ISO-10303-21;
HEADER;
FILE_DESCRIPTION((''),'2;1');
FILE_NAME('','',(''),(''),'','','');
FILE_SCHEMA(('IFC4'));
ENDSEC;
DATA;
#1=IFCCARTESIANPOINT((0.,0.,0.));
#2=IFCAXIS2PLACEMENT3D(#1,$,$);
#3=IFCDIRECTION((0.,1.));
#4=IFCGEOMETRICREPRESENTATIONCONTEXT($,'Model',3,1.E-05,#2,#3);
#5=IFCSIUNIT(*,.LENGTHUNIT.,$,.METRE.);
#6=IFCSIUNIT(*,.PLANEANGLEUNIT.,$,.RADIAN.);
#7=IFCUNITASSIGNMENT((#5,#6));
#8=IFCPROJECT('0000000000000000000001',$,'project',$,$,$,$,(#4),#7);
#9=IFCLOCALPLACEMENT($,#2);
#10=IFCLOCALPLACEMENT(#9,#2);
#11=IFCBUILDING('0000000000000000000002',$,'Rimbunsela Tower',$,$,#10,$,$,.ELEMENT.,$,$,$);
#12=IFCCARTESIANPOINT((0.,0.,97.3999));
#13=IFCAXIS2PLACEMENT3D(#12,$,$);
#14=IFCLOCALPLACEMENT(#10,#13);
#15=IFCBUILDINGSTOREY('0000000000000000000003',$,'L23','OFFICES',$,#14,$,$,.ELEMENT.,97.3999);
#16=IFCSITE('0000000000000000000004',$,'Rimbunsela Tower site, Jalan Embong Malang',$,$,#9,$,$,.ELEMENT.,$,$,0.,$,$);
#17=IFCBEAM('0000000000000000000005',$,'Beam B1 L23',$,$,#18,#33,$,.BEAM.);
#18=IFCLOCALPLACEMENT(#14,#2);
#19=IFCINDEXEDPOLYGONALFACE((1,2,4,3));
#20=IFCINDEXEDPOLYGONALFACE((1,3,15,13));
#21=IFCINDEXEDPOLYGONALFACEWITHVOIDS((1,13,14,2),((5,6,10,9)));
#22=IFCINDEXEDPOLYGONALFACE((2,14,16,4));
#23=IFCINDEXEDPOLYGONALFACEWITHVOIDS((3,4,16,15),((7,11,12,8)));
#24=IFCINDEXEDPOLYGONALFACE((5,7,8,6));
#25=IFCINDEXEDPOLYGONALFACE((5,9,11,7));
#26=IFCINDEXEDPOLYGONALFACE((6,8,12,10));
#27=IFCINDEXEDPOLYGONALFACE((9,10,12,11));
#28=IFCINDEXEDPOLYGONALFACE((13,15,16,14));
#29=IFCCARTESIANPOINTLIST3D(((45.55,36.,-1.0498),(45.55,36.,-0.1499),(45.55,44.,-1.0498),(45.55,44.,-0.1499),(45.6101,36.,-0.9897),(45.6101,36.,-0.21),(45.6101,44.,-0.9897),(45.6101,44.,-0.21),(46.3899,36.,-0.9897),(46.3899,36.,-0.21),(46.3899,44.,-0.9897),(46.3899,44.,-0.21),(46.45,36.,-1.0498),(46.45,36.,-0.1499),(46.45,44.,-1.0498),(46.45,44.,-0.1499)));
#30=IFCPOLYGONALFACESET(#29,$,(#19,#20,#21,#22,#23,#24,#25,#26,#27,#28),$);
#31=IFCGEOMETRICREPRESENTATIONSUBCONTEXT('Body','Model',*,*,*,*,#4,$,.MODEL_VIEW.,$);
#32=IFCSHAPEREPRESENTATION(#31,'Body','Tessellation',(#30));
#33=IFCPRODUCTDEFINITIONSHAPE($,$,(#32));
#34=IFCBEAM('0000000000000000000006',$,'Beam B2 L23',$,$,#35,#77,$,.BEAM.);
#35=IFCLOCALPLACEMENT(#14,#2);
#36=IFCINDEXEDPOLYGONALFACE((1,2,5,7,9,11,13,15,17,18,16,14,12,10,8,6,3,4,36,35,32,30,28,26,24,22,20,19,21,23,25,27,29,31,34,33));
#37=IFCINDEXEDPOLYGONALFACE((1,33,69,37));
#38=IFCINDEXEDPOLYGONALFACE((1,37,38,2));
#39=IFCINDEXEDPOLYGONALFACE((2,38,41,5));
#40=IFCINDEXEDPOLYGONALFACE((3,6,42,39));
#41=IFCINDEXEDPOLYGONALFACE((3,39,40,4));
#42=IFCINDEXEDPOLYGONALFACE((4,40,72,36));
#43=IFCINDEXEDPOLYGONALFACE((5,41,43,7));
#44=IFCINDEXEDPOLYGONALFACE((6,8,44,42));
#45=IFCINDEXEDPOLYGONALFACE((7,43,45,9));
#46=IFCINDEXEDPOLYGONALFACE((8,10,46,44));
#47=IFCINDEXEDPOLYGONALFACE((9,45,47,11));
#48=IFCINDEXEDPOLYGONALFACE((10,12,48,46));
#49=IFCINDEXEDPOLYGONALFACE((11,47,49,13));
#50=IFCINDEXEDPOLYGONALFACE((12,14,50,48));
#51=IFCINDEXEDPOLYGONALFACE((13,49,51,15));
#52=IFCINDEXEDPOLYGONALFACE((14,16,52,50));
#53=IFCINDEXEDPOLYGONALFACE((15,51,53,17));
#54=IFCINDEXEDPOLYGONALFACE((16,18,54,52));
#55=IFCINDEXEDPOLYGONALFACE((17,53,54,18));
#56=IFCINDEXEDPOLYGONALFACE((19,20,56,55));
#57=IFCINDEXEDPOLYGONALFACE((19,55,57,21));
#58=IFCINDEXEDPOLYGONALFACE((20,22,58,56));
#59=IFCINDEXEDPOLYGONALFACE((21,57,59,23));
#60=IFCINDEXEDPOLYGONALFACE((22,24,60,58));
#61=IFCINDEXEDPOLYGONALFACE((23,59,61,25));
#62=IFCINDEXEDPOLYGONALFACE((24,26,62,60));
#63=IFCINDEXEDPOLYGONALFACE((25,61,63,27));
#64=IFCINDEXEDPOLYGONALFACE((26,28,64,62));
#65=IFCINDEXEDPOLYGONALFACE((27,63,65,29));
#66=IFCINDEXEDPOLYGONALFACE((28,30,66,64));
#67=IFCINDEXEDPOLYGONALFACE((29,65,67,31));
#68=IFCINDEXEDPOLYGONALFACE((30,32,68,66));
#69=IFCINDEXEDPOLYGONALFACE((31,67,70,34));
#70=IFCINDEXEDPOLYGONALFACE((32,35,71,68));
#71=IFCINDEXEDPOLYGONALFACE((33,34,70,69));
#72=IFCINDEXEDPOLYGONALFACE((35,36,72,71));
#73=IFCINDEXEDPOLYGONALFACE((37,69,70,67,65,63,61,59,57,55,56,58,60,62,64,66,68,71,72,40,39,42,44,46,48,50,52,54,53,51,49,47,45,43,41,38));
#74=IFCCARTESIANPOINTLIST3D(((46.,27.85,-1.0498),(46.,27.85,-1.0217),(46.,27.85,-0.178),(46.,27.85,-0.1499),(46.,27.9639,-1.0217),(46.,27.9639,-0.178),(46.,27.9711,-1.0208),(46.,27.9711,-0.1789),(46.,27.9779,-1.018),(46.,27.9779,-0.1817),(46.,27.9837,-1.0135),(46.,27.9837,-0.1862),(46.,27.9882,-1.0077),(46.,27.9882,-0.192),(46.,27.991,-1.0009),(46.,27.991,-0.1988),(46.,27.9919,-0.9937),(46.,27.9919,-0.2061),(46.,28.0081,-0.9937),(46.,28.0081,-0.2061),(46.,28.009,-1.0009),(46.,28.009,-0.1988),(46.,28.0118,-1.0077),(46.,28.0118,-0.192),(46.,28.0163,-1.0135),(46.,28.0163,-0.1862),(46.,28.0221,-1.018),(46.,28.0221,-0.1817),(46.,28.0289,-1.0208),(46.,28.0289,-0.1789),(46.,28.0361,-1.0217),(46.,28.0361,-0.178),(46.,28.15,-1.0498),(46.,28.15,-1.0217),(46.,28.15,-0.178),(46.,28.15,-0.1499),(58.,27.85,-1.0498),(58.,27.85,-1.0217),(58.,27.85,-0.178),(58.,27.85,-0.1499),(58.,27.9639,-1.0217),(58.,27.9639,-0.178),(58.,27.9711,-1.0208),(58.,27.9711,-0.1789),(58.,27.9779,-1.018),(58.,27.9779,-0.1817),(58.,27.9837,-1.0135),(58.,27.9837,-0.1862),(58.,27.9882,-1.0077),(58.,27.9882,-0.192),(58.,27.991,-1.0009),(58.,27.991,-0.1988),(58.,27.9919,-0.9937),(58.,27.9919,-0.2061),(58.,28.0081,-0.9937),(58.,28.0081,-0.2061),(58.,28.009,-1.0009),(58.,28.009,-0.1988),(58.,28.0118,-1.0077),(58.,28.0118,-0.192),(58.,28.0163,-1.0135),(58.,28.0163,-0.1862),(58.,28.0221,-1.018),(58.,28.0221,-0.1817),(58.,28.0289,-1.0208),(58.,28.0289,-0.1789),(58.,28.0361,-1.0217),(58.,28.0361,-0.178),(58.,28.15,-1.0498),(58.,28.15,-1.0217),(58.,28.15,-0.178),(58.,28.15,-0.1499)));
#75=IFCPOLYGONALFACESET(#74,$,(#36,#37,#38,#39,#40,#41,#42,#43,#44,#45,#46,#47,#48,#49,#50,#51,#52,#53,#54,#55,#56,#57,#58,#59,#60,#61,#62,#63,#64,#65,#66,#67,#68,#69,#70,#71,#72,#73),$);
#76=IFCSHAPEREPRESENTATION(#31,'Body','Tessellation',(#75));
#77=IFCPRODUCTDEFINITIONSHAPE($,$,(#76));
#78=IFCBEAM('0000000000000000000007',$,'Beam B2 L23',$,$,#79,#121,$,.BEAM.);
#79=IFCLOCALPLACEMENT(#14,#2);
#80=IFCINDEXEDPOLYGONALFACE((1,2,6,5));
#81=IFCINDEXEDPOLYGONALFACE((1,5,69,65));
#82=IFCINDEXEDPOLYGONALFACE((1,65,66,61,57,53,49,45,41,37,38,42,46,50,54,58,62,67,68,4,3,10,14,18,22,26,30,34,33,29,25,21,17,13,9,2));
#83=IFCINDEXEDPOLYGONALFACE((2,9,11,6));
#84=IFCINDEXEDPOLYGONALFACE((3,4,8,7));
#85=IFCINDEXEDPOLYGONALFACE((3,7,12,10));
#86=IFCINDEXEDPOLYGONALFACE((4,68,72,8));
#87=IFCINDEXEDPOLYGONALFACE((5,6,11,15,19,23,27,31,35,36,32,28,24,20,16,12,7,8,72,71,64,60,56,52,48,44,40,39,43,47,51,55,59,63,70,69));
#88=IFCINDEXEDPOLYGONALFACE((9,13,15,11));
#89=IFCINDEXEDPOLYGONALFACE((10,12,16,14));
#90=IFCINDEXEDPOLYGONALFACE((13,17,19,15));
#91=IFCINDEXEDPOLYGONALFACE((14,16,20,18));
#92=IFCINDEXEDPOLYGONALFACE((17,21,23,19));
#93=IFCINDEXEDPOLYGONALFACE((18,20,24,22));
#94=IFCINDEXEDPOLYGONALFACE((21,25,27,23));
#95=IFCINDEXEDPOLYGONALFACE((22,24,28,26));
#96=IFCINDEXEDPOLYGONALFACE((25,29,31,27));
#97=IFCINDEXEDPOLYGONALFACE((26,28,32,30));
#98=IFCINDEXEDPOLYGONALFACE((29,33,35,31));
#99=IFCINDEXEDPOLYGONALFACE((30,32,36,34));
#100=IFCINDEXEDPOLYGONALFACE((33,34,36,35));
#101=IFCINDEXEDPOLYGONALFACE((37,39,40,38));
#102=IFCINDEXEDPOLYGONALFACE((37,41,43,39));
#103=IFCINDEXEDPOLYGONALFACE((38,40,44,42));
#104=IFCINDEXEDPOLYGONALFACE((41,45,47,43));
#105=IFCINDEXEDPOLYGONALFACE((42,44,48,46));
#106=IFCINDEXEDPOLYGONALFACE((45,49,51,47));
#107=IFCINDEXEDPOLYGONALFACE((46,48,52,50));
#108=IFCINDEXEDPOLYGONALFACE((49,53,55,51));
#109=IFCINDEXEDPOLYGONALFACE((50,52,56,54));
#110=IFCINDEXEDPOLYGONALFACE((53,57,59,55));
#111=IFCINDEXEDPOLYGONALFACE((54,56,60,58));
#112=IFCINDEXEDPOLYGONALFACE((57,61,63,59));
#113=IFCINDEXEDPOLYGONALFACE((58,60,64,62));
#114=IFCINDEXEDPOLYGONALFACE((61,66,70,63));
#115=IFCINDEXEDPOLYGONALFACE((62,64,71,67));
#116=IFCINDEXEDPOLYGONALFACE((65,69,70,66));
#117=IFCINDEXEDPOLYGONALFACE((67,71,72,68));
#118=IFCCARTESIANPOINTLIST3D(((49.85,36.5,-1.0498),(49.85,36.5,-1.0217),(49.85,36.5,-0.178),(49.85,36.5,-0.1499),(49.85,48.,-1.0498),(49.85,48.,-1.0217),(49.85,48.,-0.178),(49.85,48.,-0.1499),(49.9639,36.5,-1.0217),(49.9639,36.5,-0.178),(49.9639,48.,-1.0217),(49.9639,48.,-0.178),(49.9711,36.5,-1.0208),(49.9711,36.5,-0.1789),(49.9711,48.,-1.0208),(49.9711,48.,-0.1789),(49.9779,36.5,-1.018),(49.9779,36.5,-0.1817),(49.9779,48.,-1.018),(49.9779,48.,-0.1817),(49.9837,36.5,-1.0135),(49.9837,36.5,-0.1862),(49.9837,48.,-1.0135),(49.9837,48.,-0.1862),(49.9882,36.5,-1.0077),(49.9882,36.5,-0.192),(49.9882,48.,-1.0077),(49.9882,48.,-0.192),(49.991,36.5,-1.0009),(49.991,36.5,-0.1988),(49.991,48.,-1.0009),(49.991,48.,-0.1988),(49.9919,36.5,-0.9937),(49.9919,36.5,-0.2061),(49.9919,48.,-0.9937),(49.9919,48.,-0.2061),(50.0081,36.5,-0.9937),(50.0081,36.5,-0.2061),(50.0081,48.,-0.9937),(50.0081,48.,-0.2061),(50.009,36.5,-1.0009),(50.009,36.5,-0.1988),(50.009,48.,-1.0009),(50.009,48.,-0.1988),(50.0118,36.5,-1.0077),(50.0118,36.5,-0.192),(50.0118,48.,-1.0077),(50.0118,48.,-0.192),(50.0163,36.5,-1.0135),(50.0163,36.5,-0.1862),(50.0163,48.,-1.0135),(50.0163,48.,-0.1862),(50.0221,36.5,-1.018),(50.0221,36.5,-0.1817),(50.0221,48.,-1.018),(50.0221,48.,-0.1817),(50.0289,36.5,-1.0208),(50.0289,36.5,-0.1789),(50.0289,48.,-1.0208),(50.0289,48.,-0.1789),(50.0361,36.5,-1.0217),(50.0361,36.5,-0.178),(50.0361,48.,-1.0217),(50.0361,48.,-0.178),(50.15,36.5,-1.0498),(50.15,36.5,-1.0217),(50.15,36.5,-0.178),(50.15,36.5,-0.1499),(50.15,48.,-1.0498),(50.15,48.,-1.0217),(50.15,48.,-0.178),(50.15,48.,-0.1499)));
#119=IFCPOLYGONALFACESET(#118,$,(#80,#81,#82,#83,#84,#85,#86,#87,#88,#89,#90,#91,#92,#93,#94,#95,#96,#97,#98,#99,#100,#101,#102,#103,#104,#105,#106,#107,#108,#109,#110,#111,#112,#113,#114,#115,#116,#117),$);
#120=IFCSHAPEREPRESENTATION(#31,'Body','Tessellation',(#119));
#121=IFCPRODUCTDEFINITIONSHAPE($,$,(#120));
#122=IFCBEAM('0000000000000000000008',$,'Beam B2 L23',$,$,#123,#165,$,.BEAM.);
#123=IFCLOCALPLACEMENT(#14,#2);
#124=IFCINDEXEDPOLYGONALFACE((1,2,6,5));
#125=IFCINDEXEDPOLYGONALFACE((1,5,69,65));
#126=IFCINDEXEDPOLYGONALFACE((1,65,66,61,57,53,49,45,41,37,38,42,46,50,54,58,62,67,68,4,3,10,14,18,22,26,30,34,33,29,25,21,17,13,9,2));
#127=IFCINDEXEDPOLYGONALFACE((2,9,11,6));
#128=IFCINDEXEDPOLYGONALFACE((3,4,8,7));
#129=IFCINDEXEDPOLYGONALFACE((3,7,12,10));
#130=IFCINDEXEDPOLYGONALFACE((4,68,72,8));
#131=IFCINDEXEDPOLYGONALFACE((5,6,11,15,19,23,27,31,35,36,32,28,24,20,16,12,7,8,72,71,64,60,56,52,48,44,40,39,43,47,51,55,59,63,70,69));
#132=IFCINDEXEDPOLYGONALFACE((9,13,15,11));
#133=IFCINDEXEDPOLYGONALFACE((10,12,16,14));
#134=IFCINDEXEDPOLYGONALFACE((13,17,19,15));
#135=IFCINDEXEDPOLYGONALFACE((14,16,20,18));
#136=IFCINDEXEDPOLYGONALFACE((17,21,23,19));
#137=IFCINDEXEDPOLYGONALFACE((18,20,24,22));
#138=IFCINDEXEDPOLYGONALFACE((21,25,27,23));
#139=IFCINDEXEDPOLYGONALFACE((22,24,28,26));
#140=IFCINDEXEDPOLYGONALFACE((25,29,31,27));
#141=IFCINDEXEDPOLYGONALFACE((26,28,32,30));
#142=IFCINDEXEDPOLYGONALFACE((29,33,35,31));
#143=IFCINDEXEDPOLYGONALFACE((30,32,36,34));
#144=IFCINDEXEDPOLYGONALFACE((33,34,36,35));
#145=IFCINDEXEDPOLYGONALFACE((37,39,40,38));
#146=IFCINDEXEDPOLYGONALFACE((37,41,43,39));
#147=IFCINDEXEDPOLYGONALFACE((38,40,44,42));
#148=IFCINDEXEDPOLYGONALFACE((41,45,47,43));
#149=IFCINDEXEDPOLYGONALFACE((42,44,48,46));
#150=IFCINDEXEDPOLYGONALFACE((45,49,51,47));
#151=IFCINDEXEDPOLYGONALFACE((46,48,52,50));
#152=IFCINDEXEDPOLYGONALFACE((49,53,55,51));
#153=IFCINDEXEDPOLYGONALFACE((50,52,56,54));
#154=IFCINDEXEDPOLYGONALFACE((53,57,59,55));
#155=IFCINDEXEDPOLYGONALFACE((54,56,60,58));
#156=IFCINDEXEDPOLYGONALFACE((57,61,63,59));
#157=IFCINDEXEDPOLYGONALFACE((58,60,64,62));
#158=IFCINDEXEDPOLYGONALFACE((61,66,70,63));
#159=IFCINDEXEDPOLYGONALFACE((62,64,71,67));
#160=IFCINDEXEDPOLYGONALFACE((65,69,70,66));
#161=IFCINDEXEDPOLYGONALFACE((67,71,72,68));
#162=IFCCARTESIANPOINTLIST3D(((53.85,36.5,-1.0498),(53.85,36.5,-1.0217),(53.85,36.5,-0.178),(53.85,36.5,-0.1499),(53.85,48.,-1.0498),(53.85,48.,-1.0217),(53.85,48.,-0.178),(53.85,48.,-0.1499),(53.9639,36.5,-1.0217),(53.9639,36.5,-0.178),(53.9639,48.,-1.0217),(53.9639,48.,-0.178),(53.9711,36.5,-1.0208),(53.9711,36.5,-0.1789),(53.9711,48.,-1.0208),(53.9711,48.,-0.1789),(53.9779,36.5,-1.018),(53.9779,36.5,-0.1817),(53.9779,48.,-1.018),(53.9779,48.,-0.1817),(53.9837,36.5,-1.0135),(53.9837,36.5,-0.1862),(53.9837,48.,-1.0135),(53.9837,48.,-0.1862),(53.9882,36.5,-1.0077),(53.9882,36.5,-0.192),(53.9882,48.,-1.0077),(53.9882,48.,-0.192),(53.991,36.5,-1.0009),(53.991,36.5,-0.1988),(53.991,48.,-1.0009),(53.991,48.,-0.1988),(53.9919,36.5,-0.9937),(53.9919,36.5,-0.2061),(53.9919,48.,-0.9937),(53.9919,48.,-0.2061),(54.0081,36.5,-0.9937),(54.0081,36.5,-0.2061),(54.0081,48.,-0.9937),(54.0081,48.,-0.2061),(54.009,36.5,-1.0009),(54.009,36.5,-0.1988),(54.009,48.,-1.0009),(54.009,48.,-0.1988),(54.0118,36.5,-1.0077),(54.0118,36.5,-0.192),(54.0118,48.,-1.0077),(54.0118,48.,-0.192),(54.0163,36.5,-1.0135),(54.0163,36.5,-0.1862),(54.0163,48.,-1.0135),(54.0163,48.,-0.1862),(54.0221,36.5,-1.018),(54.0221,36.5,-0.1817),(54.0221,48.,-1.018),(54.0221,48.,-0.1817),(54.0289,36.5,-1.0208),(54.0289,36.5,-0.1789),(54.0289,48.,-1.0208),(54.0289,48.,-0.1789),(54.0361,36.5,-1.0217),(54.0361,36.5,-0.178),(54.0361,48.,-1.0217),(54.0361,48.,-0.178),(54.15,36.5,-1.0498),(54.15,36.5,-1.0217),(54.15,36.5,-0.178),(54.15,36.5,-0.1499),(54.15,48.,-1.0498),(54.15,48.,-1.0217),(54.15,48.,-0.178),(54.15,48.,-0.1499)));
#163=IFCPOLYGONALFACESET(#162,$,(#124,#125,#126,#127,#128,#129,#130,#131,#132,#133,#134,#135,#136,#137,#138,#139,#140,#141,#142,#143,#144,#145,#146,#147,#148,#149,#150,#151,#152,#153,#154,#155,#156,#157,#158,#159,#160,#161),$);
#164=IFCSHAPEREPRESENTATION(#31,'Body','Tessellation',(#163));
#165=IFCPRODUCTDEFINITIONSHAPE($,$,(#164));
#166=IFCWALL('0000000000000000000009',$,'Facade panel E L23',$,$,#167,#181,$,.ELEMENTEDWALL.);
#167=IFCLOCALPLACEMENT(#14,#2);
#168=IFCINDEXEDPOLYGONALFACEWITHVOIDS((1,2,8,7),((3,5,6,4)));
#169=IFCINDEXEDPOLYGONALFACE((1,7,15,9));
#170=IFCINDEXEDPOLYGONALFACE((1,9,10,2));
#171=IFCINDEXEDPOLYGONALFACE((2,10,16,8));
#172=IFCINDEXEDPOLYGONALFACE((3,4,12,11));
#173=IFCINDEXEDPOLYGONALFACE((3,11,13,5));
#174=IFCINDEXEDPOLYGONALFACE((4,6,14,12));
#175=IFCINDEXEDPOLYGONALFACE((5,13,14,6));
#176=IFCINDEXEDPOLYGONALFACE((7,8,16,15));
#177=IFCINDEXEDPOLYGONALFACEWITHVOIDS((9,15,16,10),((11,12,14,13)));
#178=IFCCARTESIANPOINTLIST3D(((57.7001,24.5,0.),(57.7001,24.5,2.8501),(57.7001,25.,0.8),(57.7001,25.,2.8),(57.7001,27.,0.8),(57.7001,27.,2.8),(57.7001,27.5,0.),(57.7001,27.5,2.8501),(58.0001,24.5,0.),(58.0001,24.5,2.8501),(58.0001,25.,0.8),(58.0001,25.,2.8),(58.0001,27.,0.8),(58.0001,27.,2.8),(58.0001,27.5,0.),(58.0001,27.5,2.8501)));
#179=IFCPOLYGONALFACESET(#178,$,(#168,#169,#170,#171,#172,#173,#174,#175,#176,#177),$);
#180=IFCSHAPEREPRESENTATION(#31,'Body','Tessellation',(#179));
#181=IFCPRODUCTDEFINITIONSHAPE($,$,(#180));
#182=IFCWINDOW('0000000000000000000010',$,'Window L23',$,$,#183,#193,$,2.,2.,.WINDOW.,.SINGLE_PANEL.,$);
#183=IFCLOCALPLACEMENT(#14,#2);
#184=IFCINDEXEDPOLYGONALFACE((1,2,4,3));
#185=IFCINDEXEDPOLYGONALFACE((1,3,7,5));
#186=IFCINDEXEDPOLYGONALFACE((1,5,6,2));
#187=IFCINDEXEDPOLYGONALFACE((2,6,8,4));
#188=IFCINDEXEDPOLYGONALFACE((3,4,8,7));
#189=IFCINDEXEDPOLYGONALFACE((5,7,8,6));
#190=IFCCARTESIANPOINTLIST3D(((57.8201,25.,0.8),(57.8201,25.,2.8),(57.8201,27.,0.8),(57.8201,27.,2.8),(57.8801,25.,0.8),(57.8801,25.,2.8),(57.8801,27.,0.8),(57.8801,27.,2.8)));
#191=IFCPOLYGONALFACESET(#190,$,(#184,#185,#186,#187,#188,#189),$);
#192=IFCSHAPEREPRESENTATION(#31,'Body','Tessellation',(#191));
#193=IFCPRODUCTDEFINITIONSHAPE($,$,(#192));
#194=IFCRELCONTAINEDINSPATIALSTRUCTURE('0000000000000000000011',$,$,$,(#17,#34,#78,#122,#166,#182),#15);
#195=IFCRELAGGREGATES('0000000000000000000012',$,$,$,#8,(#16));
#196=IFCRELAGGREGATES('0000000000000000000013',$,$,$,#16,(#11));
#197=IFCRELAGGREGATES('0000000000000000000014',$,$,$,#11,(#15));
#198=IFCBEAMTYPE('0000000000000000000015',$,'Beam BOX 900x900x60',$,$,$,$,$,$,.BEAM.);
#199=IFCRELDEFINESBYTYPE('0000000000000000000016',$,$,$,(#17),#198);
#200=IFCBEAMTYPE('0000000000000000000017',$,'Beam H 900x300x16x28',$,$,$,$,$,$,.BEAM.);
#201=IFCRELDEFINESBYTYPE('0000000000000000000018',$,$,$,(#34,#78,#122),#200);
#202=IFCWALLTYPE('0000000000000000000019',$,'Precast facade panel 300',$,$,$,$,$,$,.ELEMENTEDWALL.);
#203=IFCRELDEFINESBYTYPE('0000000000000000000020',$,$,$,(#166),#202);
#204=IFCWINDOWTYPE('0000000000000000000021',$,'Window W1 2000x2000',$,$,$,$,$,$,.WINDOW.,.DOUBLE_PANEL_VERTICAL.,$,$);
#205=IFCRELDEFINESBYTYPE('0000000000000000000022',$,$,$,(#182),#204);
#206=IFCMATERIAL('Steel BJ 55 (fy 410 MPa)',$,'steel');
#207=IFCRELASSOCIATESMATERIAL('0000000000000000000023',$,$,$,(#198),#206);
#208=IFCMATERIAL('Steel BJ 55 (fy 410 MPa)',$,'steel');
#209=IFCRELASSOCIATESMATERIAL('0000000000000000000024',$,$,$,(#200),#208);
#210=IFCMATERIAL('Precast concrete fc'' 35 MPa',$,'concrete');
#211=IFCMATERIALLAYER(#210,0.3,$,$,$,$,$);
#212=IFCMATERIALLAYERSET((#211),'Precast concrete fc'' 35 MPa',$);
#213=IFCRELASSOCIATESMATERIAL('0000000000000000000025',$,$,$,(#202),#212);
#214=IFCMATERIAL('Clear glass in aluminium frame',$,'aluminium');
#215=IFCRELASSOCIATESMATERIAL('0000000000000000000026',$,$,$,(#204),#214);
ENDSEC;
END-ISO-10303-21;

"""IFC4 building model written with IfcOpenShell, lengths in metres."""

from ifc_helpers import new_model, si_unit, direction, frame, frame_2d, origin, origin_2d, place, context, subcontext, project, spatial, rectangle, hollow_rectangle, i_section, extrude, material, layer, layer_set, material_profile, profile_set, type_object, element, fill, save


model = new_model("IFC4")

# Units and contexts
model_context = context("Model", 3, precision=1e-05, world=origin(), true_north=direction((0.0, 1.0)))
body_context = subcontext(model_context, "Body", "Model", "MODEL_VIEW")
ifc_project = project(units=[si_unit("LENGTHUNIT", "METRE"), si_unit("PLANEANGLEUNIT", "RADIAN")], contexts=[model_context])

# Site, building, storey
site_placement = place(None, origin())
site = spatial("IfcSite", under=ifc_project, at=site_placement, Name="Rimbunsela Tower site, Jalan Embong Malang", CompositionType="ELEMENT", RefElevation=0.0)
building_placement = place(site_placement, origin())
building = spatial("IfcBuilding", under=site, at=building_placement, Name="Rimbunsela Tower", CompositionType="ELEMENT")
storey_placement = place(building_placement, frame((0.0, 0.0, 97.3999)))
storey = spatial("IfcBuildingStorey", under=building, at=storey_placement, Name="L23", Description="OFFICES", CompositionType="ELEMENT", Elevation=97.3999)

# Beams
ifc_material_1 = material(Name="Steel BJ 55 (fy 410 MPa)", Category="steel")
ifc_material_profile_1 = material_profile(ifc_material_1, hollow_rectangle(XDim=0.8999, YDim=0.8999, WallThickness=0.0601, at=origin_2d()), Name="BOX 900x900x60")
ifc_profile_set_1 = profile_set([ifc_material_profile_1], Name="Steel BJ 55 (fy 410 MPa)")
beam_type_1 = type_object("IfcBeamType", Name="Beam BOX 900x900x60", PredefinedType="BEAM", material=ifc_profile_set_1)
beam_1_placement = place(storey_placement, frame((46.0, 36.0, -0.5999), z_axis=(0.0, 1.0, 0.0), x_axis=(-1.0, 0.0, 0.0)))
element("IfcBeam", 1, at=beam_1_placement, inside=storey, type_object=beam_type_1, Name="Beam B1 L23", PredefinedType="BEAM", context=body_context, shape_type="SweptSolid", body=[
    extrude(hollow_rectangle(XDim=0.8999, YDim=0.8999, WallThickness=0.0601, at=origin_2d()), origin(), (0.0, 0.0, 1.0), 8.0),
])
ifc_material_2 = material(Name="Steel BJ 55 (fy 410 MPa)", Category="steel")
ifc_material_profile_2 = material_profile(ifc_material_2, i_section(OverallWidth=0.3, OverallDepth=0.8999, WebThickness=0.0161, FlangeThickness=0.0281, FilletRadius=0.0281, at=origin_2d()), Name="H 900x300x16x28")
ifc_profile_set_2 = profile_set([ifc_material_profile_2], Name="Steel BJ 55 (fy 410 MPa)")
beam_type_2 = type_object("IfcBeamType", Name="Beam H 900x300x16x28", PredefinedType="BEAM", material=ifc_profile_set_2)
beam_2_placement = place(storey_placement, frame((46.0, 28.0, -0.5999), z_axis=(1.0, 0.0, 0.0), x_axis=(0.0, 1.0, 0.0)))
element("IfcBeam", 2, at=beam_2_placement, inside=storey, type_object=beam_type_2, Name="Beam B2 L23", PredefinedType="BEAM", context=body_context, shape_type="SweptSolid", body=[
    extrude(i_section(OverallWidth=0.3, OverallDepth=0.8999, WebThickness=0.0161, FlangeThickness=0.0281, FilletRadius=0.0281, at=origin_2d()), origin(), (0.0, 0.0, 1.0), 12.0),
])
for number, where, z_axis, x_axis, name in (
    (3, (50.0, 36.5, -0.5999), (0.0, 1.0, 0.0), (-1.0, 0.0, 0.0), "Beam B2 L23"),
    (4, (54.0, 36.5, -0.5999), (0.0, 1.0, 0.0), (-1.0, 0.0, 0.0), "Beam B2 L23"),
):
    element("IfcBeam", number, at=place(storey_placement, frame(where, z_axis=z_axis, x_axis=x_axis)), inside=storey, type_object=beam_type_2, Name=name, PredefinedType="BEAM", context=body_context, shape_type="SweptSolid", body=[
        extrude(i_section(OverallWidth=0.3, OverallDepth=0.8999, WebThickness=0.0161, FlangeThickness=0.0281, FilletRadius=0.0281, at=origin_2d()), origin(), (0.0, 0.0, 1.0), 11.5),
    ])

# Wall, opening, window
ifc_material_3 = material(Name="Precast concrete fc' 35 MPa", Category="concrete")
ifc_layer_1 = layer(ifc_material_3, 0.3)
ifc_layer_set_1 = layer_set([ifc_layer_1], Name="Precast concrete fc' 35 MPa")
wall_type = type_object("IfcWallType", Name="Precast facade panel 300", PredefinedType="ELEMENTEDWALL", material=ifc_layer_set_1)
wall_1_placement = place(storey_placement, frame((57.8501, 24.5, 0.0), z_axis=(0.0, 0.0, 1.0), x_axis=(0.0, 1.0, 0.0)))
wall_1 = element("IfcWall", 5, at=wall_1_placement, inside=storey, type_object=wall_type, Name="Facade panel E L23", PredefinedType="ELEMENTEDWALL", context=body_context, shape_type="SweptSolid", body=[
    extrude(rectangle(XDim=3.0, YDim=0.3, at=frame_2d((1.5, 0.0))), origin(), (0.0, 0.0, 1.0), 2.8501),
])
opening_1_placement = place(wall_1_placement, frame((0.5, 0.0, 0.8)))
opening_1 = element("IfcOpeningElement", 6, at=opening_1_placement, cuts=wall_1, PredefinedType="OPENING", context=body_context, shape_type="SweptSolid", body=[
    extrude(rectangle(XDim=2.0, YDim=2.0, at=frame_2d((1.0, 1.0))), frame((0.0, 0.1599, 0.0), z_axis=(0.0, -1.0, 0.0), x_axis=(1.0, 0.0, 0.0)), (0.0, 0.0, 1.0), 0.3201),
])
ifc_material_4 = material(Name="Clear glass in aluminium frame", Category="aluminium")
window_type = type_object("IfcWindowType", Name="Window W1 2000x2000", PartitioningType="DOUBLE_PANEL_VERTICAL", PredefinedType="WINDOW", material=ifc_material_4)
window_1_placement = place(opening_1_placement, origin())
window_1 = element("IfcWindow", 7, at=window_1_placement, inside=storey, type_object=window_type, Name="Window L23", OverallHeight=2.0, OverallWidth=2.0, PartitioningType="SINGLE_PANEL", PredefinedType="WINDOW", context=body_context, shape_type="SweptSolid", body=[
    extrude(rectangle(XDim=2.0, YDim=2.0, at=frame_2d((1.0, 1.0))), frame((0.0, 0.03, 0.0), z_axis=(0.0, -1.0, 0.0), x_axis=(1.0, 0.0, 0.0)), (0.0, 0.0, 1.0), 0.0601),
])
fill(opening_1, window_1)

save(model, "model.ifc")
